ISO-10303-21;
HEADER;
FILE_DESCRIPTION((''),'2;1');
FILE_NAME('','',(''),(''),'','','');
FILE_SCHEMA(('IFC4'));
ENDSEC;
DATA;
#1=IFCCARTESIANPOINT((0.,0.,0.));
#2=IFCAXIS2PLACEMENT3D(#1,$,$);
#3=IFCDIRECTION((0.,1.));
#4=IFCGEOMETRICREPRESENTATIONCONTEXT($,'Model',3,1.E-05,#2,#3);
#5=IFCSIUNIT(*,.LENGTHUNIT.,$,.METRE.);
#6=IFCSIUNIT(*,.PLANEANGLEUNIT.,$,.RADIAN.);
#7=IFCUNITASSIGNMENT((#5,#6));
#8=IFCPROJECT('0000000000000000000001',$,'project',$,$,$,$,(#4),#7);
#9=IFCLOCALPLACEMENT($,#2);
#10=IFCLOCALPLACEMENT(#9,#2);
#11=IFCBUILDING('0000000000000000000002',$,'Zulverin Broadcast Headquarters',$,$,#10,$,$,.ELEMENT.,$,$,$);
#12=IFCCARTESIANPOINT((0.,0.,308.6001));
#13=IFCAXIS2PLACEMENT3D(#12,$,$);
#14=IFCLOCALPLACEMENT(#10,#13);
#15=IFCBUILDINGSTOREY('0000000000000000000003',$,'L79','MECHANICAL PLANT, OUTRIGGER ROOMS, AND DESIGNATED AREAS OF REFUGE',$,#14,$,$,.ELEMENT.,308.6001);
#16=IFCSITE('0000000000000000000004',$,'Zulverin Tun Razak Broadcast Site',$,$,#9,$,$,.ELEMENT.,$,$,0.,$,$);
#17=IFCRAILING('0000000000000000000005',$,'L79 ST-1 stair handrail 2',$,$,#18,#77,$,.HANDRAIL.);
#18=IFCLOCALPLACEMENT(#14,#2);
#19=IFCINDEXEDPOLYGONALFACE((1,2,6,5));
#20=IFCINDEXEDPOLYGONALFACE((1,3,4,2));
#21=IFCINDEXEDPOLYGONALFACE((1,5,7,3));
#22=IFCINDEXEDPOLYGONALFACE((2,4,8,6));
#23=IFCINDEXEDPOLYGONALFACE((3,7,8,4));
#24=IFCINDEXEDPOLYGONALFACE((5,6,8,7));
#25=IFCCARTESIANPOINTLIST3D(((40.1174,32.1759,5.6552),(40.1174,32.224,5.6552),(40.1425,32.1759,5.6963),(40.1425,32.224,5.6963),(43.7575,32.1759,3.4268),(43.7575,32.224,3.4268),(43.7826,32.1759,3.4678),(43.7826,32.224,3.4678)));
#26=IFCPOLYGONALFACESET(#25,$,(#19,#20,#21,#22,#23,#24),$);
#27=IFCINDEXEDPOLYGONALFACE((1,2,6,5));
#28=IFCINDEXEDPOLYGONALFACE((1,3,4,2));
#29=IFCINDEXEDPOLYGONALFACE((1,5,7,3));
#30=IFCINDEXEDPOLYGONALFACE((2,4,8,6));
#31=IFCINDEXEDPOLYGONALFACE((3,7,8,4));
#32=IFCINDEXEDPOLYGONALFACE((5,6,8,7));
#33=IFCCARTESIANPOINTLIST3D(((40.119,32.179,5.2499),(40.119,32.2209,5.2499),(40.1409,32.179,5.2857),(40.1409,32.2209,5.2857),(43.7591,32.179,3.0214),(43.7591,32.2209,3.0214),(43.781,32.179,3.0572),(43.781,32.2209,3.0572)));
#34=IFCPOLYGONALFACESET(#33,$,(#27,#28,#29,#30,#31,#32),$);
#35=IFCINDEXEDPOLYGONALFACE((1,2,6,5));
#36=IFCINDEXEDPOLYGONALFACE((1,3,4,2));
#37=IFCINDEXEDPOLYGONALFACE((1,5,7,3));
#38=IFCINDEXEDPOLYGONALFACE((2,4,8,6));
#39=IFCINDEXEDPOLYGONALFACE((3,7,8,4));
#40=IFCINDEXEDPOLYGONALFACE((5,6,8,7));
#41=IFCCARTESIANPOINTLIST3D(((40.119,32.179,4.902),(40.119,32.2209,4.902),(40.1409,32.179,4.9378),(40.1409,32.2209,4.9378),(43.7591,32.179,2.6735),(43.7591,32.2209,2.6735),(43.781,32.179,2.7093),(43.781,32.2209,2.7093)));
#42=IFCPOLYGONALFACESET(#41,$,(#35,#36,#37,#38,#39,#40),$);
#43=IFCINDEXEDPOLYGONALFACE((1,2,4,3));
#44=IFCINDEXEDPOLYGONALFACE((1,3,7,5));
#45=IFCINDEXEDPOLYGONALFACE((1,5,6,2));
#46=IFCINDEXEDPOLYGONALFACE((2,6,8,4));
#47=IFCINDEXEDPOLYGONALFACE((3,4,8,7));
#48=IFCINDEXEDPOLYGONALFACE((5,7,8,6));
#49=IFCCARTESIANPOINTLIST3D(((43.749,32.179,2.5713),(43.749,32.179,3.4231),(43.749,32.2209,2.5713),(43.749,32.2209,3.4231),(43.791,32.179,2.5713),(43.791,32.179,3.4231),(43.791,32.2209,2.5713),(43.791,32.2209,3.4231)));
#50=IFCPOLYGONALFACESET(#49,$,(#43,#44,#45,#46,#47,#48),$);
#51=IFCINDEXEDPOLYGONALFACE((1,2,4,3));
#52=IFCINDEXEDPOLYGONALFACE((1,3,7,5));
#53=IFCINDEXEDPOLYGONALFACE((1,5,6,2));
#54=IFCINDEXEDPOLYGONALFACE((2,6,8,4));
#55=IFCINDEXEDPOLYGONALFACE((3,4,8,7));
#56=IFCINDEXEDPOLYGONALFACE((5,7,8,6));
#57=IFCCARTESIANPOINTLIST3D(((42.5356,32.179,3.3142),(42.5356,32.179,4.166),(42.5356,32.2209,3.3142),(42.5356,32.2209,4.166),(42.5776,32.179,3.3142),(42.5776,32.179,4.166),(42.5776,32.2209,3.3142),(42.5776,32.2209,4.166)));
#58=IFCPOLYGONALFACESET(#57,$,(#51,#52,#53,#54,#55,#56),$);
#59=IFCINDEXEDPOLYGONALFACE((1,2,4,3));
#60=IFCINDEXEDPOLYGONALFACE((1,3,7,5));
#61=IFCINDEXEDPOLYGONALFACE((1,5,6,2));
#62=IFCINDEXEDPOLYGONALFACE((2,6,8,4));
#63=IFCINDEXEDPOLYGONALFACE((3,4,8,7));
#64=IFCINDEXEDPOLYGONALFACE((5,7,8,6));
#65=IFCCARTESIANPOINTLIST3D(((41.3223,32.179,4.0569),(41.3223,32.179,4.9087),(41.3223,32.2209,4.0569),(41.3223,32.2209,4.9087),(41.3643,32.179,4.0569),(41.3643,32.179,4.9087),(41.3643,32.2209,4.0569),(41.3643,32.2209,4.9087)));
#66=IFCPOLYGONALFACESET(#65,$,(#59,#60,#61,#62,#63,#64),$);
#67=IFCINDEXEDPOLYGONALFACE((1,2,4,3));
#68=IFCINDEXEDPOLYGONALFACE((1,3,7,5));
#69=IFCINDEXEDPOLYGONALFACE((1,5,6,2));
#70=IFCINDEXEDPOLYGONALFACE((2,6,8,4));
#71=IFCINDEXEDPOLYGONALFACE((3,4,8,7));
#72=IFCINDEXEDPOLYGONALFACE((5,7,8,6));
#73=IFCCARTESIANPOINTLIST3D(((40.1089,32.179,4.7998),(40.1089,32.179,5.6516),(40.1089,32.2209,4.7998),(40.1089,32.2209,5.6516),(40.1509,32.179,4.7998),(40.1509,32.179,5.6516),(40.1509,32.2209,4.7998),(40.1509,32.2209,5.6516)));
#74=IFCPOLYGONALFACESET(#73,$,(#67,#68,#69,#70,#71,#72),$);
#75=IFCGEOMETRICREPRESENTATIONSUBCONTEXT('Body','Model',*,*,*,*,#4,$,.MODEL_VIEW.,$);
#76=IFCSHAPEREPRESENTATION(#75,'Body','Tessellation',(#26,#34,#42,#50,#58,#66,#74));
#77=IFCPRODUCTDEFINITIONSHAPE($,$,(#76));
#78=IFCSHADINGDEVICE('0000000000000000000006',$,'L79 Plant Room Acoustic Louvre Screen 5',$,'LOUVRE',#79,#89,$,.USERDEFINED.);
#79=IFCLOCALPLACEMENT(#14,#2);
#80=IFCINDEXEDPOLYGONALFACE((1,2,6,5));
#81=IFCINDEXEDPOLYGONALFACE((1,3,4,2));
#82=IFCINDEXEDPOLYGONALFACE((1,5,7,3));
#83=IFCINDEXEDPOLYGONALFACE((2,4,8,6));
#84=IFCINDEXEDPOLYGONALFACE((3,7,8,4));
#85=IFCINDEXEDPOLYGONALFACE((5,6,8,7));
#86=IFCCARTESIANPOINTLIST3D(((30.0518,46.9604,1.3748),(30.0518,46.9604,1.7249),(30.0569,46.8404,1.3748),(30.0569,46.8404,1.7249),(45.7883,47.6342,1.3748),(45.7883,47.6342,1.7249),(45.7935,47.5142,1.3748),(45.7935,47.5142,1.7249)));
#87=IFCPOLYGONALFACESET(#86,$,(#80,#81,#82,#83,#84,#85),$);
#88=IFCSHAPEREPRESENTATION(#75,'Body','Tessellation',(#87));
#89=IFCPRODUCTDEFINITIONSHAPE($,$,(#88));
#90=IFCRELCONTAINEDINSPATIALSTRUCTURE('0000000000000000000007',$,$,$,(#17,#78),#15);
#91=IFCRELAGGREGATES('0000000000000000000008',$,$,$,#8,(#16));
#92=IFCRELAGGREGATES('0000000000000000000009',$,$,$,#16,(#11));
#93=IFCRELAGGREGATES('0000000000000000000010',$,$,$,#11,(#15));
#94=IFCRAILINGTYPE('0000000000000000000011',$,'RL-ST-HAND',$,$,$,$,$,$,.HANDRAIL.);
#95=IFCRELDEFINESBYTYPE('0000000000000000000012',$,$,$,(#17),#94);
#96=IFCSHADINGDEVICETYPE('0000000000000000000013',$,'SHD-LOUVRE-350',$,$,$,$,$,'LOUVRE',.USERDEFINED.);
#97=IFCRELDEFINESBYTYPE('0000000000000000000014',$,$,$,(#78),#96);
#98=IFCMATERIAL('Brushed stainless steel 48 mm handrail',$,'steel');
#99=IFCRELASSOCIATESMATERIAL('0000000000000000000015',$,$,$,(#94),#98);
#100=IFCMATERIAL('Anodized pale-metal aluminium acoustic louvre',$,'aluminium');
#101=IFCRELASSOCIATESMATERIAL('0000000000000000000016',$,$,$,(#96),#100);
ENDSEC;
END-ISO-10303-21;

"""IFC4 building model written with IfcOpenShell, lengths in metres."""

from ifc_helpers import new_model, si_unit, direction, frame, origin, origin_2d, place, context, subcontext, project, spatial, rectangle, extrude, material, type_object, element, save


model = new_model("IFC4")

# Units and contexts
model_context = context("Model", 3, precision=1e-05, world=origin(), true_north=direction((0.0, 1.0)))
body_context = subcontext(model_context, "Body", "Model", "MODEL_VIEW")
ifc_project = project(units=[si_unit("LENGTHUNIT", "METRE"), si_unit("PLANEANGLEUNIT", "RADIAN")], contexts=[model_context])

# Site, building, storey
site_placement = place(None, origin())
site = spatial("IfcSite", under=ifc_project, at=site_placement, Name="Zulverin Tun Razak Broadcast Site", CompositionType="ELEMENT", RefElevation=0.0)
building_placement = place(site_placement, origin())
building = spatial("IfcBuilding", under=site, at=building_placement, Name="Zulverin Broadcast Headquarters", CompositionType="ELEMENT")
storey_placement = place(building_placement, frame((0.0, 0.0, 308.6001)))
storey = spatial("IfcBuildingStorey", under=building, at=storey_placement, Name="L79", Description="MECHANICAL PLANT, OUTRIGGER ROOMS, AND DESIGNATED AREAS OF REFUGE", CompositionType="ELEMENT", Elevation=308.6001)

# Railing
ifc_material_1 = material(Name="Brushed stainless steel 48 mm handrail", Category="steel")
railing_type_1 = type_object("IfcRailingType", Name="RL-ST-HAND", PredefinedType="HANDRAIL", material=ifc_material_1)
railing_1_placement = place(storey_placement, frame((43.77, 32.2, 2.5713)))
element("IfcRailing", 1, at=railing_1_placement, inside=storey, type_object=railing_type_1, Name="L79 ST-1 stair handrail 2", PredefinedType="HANDRAIL", context=body_context, shape_type="SweptSolid", body=[
    extrude(rectangle(XDim=0.0481, YDim=0.0481, at=origin_2d()), frame((0.0, 0.0, 0.876), z_axis=(-0.852866, 0.0, 0.52213), x_axis=(0.0, -1.0, 0.0)), (0.0, 0.0, 1.0), 4.2681),
    extrude(rectangle(XDim=0.042, YDim=0.042, at=origin_2d()), frame((0.0, 0.0, 0.468), z_axis=(-0.852866, 0.0, 0.52213), x_axis=(0.0, -1.0, 0.0)), (0.0, 0.0, 1.0), 4.2681),
    extrude(rectangle(XDim=0.042, YDim=0.042, at=origin_2d()), frame((0.0, 0.0, 0.1201), z_axis=(-0.852866, 0.0, 0.52213), x_axis=(0.0, -1.0, 0.0)), (0.0, 0.0, 1.0), 4.2681),
    extrude(rectangle(XDim=0.042, YDim=0.042, at=origin_2d()), origin(), (0.0, 0.0, 1.0), 0.8518),
    extrude(rectangle(XDim=0.042, YDim=0.042, at=origin_2d()), frame((-1.2134, 0.0, 0.7429)), (0.0, 0.0, 1.0), 0.8518),
    extrude(rectangle(XDim=0.042, YDim=0.042, at=origin_2d()), frame((-2.4268, 0.0, 1.4856)), (0.0, 0.0, 1.0), 0.8518),
    extrude(rectangle(XDim=0.042, YDim=0.042, at=origin_2d()), frame((-3.6401, 0.0, 2.2285)), (0.0, 0.0, 1.0), 0.8518),
])

# Shading device
ifc_material_2 = material(Name="Anodized pale-metal aluminium acoustic louvre", Category="aluminium")
shading_device_type = type_object("IfcShadingDeviceType", Name="SHD-LOUVRE-350", ElementType="LOUVRE", PredefinedType="USERDEFINED", material=ifc_material_2)
shading_device_placement = place(storey_placement, frame((37.9226, 47.2373, 1.3748), z_axis=(0.0, 0.0, 1.0), x_axis=(-0.999085, -0.042779, 0.0)))
element("IfcShadingDevice", 2, at=shading_device_placement, inside=storey, type_object=shading_device_type, Name="L79 Plant Room Acoustic Louvre Screen 5", ObjectType="LOUVRE", PredefinedType="USERDEFINED", context=body_context, shape_type="SweptSolid", body=[
    extrude(rectangle(XDim=15.751, YDim=0.1201, at=origin_2d()), origin(), (0.0, 0.0, 1.0), 0.3501),
])

save(model, "model.ifc")
